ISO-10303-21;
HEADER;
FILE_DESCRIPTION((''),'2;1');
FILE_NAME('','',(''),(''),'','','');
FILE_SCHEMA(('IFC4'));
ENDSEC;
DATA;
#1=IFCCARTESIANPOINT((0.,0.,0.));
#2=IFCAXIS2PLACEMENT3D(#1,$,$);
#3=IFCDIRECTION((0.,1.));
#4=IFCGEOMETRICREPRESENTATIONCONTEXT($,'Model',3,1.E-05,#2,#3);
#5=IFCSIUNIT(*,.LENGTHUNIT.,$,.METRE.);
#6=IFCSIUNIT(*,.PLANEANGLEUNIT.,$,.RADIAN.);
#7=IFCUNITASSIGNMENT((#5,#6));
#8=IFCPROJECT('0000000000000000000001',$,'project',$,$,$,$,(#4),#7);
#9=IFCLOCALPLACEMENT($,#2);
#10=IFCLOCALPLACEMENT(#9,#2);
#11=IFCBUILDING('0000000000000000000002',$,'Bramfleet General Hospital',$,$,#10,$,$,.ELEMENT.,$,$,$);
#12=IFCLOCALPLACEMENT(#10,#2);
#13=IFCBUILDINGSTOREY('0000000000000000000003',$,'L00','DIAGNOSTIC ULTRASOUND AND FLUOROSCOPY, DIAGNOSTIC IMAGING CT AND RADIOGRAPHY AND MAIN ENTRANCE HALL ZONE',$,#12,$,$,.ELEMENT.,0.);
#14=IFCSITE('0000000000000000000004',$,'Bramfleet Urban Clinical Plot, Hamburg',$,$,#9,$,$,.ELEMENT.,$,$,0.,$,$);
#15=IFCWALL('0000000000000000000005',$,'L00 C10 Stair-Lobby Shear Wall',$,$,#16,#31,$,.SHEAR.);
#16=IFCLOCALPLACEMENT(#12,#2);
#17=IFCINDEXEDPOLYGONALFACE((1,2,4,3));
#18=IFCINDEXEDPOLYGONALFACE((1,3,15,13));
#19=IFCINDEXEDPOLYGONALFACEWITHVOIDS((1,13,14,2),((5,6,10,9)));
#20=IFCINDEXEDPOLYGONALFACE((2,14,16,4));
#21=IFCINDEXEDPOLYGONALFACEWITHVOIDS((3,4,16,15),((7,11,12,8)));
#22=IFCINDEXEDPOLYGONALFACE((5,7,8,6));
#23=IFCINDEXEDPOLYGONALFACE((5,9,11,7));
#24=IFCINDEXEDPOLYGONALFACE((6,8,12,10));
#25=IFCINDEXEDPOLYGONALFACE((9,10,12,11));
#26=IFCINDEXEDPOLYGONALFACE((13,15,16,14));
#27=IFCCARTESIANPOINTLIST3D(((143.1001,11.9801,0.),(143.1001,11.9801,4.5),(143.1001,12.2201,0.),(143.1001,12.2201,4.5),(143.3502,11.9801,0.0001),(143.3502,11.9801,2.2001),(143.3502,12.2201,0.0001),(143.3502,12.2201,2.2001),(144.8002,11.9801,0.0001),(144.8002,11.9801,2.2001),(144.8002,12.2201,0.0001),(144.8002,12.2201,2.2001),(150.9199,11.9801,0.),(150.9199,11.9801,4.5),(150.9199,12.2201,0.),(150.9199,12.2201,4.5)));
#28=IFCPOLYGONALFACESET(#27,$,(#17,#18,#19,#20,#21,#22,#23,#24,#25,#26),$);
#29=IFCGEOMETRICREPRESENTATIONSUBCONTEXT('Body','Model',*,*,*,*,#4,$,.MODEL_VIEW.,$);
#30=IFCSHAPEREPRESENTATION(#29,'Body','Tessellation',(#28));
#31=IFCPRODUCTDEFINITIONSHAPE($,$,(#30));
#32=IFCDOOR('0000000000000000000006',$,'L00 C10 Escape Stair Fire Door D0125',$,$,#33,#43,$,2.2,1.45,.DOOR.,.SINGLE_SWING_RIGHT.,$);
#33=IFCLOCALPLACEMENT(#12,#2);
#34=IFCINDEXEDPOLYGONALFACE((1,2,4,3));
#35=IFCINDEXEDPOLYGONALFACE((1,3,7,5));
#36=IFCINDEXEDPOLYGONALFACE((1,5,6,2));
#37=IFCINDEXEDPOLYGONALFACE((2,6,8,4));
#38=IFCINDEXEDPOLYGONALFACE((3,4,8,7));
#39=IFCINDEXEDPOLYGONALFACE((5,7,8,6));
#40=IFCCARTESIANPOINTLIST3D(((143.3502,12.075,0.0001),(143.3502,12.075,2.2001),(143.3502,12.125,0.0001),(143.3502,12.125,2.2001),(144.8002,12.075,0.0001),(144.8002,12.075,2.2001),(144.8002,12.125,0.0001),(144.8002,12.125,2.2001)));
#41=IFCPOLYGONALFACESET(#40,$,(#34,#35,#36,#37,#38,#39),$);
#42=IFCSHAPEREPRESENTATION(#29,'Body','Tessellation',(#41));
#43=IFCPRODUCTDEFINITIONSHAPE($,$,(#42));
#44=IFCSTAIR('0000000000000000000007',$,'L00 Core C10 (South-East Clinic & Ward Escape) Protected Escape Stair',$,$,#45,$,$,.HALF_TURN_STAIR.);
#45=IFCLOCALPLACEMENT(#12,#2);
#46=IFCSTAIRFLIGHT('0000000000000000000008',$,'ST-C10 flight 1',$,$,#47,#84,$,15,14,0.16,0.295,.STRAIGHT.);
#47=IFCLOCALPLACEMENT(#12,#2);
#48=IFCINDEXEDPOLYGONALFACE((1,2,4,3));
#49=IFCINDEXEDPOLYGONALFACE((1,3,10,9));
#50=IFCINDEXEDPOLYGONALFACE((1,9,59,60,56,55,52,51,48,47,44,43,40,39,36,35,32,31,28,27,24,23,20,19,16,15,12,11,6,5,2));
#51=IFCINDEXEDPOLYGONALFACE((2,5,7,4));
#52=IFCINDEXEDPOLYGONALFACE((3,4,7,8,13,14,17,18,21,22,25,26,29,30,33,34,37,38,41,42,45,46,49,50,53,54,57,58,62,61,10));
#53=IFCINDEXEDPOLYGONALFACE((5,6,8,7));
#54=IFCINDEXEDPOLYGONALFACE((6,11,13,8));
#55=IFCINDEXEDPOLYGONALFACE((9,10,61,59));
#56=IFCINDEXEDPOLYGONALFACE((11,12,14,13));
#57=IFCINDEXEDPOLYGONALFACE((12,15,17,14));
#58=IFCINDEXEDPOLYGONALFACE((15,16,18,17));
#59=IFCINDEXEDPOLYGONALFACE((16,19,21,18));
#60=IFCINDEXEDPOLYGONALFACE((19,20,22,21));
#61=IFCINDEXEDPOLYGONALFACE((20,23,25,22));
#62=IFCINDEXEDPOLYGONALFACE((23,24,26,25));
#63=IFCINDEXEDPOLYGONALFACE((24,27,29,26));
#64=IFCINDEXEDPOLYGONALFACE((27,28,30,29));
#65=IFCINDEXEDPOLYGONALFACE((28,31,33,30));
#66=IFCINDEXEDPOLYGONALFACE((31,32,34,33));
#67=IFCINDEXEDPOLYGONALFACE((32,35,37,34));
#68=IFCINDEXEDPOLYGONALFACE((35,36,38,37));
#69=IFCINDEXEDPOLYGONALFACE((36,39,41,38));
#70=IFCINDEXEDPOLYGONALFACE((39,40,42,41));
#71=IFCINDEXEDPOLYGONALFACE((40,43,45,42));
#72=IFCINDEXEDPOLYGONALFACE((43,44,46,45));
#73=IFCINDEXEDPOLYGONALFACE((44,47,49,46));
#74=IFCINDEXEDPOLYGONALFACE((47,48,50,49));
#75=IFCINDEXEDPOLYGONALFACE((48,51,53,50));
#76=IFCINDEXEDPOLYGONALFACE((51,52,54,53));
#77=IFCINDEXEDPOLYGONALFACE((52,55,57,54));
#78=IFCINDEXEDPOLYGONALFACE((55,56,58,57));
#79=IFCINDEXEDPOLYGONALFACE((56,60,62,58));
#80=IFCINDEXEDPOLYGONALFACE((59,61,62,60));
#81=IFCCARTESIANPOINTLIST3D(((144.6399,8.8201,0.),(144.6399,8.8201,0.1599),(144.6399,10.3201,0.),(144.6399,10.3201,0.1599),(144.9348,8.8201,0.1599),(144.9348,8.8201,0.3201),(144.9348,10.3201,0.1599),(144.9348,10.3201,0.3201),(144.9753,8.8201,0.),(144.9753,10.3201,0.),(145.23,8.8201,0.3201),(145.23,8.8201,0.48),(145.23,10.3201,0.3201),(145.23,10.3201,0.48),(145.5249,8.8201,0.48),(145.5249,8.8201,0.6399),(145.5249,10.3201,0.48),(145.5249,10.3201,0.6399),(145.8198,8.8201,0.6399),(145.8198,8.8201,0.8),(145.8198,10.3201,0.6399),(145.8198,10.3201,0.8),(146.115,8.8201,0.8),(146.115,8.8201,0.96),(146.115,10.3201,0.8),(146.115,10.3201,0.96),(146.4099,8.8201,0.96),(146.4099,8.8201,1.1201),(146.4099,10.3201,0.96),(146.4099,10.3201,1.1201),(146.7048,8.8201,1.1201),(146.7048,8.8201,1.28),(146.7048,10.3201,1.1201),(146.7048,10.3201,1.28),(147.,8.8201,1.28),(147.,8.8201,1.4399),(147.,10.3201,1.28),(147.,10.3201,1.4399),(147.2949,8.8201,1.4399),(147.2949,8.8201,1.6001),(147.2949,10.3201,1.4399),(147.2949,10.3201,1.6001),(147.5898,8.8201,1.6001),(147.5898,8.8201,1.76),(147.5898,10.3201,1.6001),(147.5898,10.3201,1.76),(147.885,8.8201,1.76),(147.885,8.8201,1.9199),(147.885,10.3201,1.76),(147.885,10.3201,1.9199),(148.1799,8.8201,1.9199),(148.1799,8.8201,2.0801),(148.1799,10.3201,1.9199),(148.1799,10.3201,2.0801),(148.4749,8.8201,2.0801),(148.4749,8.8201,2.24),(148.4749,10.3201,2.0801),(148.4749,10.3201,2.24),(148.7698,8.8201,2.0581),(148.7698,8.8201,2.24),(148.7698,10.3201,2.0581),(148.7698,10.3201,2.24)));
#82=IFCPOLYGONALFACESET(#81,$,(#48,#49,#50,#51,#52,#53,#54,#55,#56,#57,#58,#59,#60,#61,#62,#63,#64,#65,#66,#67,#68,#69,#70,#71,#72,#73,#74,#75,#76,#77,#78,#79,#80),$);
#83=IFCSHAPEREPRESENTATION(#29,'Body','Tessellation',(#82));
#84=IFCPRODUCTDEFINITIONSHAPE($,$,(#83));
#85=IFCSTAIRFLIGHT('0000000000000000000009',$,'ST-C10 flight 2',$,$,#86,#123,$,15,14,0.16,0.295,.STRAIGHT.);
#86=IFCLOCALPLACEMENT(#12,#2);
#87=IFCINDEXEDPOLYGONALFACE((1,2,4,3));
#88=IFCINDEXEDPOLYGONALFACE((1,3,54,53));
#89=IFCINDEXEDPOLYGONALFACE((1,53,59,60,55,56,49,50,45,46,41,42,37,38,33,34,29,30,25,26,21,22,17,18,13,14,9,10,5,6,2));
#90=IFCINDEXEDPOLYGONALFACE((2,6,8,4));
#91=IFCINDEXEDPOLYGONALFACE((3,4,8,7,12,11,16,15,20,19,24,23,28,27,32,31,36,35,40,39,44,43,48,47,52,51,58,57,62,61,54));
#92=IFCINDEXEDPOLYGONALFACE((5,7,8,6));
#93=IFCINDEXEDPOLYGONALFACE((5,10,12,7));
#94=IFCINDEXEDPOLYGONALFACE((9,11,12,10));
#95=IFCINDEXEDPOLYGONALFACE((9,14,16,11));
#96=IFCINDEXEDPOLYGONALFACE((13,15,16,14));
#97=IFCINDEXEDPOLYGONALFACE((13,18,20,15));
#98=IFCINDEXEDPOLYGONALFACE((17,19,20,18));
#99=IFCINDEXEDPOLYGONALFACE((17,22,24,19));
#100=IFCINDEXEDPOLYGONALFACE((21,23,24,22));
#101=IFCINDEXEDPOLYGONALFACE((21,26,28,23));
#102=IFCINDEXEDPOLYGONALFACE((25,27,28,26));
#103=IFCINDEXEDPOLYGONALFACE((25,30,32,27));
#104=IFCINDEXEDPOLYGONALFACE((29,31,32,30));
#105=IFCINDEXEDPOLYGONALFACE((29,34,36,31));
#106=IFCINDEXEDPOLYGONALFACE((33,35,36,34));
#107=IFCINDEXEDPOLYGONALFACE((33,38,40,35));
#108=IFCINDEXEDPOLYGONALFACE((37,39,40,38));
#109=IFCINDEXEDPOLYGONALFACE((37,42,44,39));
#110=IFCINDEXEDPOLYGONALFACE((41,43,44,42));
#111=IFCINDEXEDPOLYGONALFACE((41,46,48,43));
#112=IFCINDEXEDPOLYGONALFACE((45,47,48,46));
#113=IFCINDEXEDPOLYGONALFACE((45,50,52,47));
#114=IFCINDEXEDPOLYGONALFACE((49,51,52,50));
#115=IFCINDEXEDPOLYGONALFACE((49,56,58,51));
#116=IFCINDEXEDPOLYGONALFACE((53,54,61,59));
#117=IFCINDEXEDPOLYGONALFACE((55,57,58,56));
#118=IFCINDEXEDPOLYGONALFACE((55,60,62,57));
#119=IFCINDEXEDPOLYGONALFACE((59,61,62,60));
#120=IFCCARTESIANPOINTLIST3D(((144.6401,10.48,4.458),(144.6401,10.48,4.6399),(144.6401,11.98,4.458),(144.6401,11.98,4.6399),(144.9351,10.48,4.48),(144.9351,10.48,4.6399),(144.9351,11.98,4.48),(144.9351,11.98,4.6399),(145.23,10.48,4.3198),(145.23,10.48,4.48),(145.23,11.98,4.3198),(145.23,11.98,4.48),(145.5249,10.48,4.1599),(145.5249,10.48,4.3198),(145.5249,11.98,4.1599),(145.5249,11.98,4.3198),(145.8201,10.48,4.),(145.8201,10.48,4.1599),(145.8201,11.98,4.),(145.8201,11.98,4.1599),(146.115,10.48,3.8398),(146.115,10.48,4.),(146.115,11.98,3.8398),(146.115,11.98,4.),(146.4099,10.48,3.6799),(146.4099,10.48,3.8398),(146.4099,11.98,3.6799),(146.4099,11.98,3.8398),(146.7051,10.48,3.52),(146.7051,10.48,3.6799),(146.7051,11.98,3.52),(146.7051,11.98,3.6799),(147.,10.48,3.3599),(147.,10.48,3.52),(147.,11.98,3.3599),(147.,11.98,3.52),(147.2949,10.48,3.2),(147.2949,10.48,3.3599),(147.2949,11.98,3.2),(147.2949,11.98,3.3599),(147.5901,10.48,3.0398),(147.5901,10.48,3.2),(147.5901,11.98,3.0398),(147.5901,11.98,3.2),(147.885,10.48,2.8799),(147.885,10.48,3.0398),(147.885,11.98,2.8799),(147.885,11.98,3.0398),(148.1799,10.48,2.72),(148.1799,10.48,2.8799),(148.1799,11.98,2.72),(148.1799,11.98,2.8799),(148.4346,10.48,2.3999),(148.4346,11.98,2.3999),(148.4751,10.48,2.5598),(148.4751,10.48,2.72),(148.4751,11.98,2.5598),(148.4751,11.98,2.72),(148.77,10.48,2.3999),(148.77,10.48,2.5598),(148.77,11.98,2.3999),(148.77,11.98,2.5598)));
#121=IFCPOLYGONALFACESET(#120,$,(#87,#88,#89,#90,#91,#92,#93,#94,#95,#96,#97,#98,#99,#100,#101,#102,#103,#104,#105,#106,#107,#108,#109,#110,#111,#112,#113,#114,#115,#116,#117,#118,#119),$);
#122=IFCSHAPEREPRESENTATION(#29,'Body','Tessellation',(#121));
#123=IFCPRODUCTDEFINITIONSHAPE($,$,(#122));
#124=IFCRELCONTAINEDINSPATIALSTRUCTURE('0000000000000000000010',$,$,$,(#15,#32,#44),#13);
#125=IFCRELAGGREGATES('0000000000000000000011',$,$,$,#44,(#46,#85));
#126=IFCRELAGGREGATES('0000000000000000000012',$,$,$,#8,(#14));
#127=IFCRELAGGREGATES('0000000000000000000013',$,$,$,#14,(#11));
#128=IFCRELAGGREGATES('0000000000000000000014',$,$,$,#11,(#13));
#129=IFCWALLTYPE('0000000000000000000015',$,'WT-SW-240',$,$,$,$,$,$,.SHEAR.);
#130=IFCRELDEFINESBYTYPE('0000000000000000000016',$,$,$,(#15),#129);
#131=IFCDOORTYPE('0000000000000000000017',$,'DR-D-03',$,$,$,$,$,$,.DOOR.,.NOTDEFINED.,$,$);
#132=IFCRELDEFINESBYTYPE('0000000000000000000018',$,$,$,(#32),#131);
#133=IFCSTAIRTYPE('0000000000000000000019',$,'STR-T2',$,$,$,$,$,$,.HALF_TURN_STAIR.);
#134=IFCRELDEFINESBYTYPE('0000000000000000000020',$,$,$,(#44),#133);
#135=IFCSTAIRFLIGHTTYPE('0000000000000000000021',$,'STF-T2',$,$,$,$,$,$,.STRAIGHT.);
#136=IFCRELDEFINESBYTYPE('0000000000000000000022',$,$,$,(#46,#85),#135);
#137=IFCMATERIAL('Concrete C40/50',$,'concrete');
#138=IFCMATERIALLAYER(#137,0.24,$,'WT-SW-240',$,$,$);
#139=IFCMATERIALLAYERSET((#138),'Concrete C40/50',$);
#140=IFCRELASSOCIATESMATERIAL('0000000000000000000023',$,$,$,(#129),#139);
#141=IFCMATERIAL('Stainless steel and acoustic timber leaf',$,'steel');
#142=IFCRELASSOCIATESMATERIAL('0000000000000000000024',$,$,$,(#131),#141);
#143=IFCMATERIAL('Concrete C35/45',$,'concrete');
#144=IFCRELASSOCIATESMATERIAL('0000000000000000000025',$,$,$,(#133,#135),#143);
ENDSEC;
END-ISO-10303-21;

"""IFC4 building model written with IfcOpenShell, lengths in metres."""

from ifc_helpers import new_model, si_unit, direction, frame, frame_2d, origin, place, context, subcontext, project, spatial, polyline, rectangle, outline, extrude, material, layer, layer_set, type_object, element, fill, aggregate, save


model = new_model("IFC4")

# Units and contexts
model_context = context("Model", 3, precision=1e-05, world=origin(), true_north=direction((0.0, 1.0)))
body_context = subcontext(model_context, "Body", "Model", "MODEL_VIEW")
ifc_project = project(units=[si_unit("LENGTHUNIT", "METRE"), si_unit("PLANEANGLEUNIT", "RADIAN")], contexts=[model_context])

# Site, building, storey
site_placement = place(None, origin())
site = spatial("IfcSite", under=ifc_project, at=site_placement, Name="Bramfleet Urban Clinical Plot, Hamburg", CompositionType="ELEMENT", RefElevation=0.0)
building_placement = place(site_placement, origin())
building = spatial("IfcBuilding", under=site, at=building_placement, Name="Bramfleet General Hospital", CompositionType="ELEMENT")
storey_placement = place(building_placement, origin())
storey = spatial("IfcBuildingStorey", under=building, at=storey_placement, Name="L00", Description="DIAGNOSTIC ULTRASOUND AND FLUOROSCOPY, DIAGNOSTIC IMAGING CT AND RADIOGRAPHY AND MAIN ENTRANCE HALL ZONE", CompositionType="ELEMENT", Elevation=0.0)

# Shared definitions
ifc_material_1 = material(Name="Concrete C40/50", Category="concrete")

# Shared definitions
ifc_material_2 = material(Name="Concrete C35/45", Category="concrete")

# Shared definitions
ifc_material_3 = material(Name="Stainless steel and acoustic timber leaf", Category="steel")

# Wall, opening, door
ifc_layer_1 = layer(ifc_material_1, 0.24, Name="WT-SW-240")
ifc_layer_set_1 = layer_set([ifc_layer_1], Name="Concrete C40/50")
wall_type_1 = type_object("IfcWallType", Name="WT-SW-240", PredefinedType="SHEAR", material=ifc_layer_set_1)
wall_1_placement = place(storey_placement, frame((143.1001, 12.1001, 0.0), z_axis=(0.0, 0.0, 1.0), x_axis=(1.0, 0.0, 0.0)))
wall_1 = element("IfcWall", 1, at=wall_1_placement, inside=storey, type_object=wall_type_1, Name="L00 C10 Stair-Lobby Shear Wall", PredefinedType="SHEAR", context=body_context, shape_type="SweptSolid", body=[
    extrude(rectangle(XDim=7.8198, YDim=0.24, at=frame_2d((3.9099, 0.0))), origin(), (0.0, 0.0, 1.0), 4.5),
])
opening_1_placement = place(wall_1_placement, frame((0.25, 0.0, 0.0)))
opening_1 = element("IfcOpeningElement", 2, at=opening_1_placement, cuts=wall_1, PredefinedType="OPENING", context=body_context, shape_type="SweptSolid", body=[
    extrude(rectangle(XDim=1.45, YDim=2.2, at=frame_2d((0.7251, 1.1001))), frame((0.0, 0.1299, 0.0), z_axis=(0.0, -1.0, 0.0), x_axis=(1.0, 0.0, 0.0)), (0.0, 0.0, 1.0), 0.26),
])
door_type_1 = type_object("IfcDoorType", Name="DR-D-03", OperationType="NOTDEFINED", PredefinedType="DOOR", material=ifc_material_3)
door_1_placement = place(opening_1_placement, origin())
door_1 = element("IfcDoor", 3, at=door_1_placement, inside=storey, type_object=door_type_1, Name="L00 C10 Escape Stair Fire Door D0125", OperationType="SINGLE_SWING_RIGHT", OverallHeight=2.2, OverallWidth=1.45, PredefinedType="DOOR", context=body_context, shape_type="SweptSolid", body=[
    extrude(rectangle(XDim=1.45, YDim=2.2, at=frame_2d((0.7251, 1.1001))), frame((0.0, 0.0249, 0.0), z_axis=(0.0, -1.0, 0.0), x_axis=(1.0, 0.0, 0.0)), (0.0, 0.0, 1.0), 0.05),
])
fill(opening_1, door_1)

# Stair, stair flights
stair_type = type_object("IfcStairType", Name="STR-T2", PredefinedType="HALF_TURN_STAIR", material=ifc_material_2)
stair_placement = place(storey_placement, origin())
stair = element("IfcStair", 4, at=stair_placement, inside=storey, type_object=stair_type, Name="L00 Core C10 (South-East Clinic & Ward Escape) Protected Escape Stair", PredefinedType="HALF_TURN_STAIR")
stair_flight_type = type_object("IfcStairFlightType", Name="STF-T2", PredefinedType="STRAIGHT", material=ifc_material_2)
stair_flight_1_placement = place(storey_placement, frame((144.6399, 9.5701, 0.0), z_axis=(0.0, 0.0, 1.0), x_axis=(1.0, 0.0, 0.0)))
stair_flight_1 = element("IfcStairFlight", 5, at=stair_flight_1_placement, type_object=stair_flight_type, Name="ST-C10 flight 1", NumberOfRisers=15, NumberOfTreads=14, PredefinedType="STRAIGHT", RiserHeight=0.16, TreadLength=0.295, context=body_context, shape_type="SweptSolid", body=[
    extrude(outline(polyline([(0.0, 0.0), (0.0, 0.1599), (0.2949, 0.1599), (0.2949, 0.3201), (0.5901, 0.3201), (0.5901, 0.48), (0.885, 0.48), (0.885, 0.6399), (1.1799, 0.6399), (1.1799, 0.8), (1.4751, 0.8), (1.4751, 0.96), (1.77, 0.96), (1.77, 1.1201), (2.0649, 1.1201), (2.0649, 1.28), (2.3601, 1.28), (2.3601, 1.4399), (2.655, 1.4399), (2.655, 1.6001), (2.95, 1.6001), (2.95, 1.76), (3.2451, 1.76), (3.2451, 1.9199), (3.54, 1.9199), (3.54, 2.0801), (3.835, 2.0801), (3.835, 2.24), (4.1299, 2.24), (4.1299, 2.3999), (4.1299, 2.0581), (0.3354, 0.0), (0.0, 0.0)])), frame((0.0, 0.75, 0.0), z_axis=(0.0, -1.0, 0.0), x_axis=(1.0, 0.0, 0.0)), (0.0, 0.0, 1.0), 1.5),
])
stair_flight_2_placement = place(storey_placement, frame((148.77, 11.23, 2.3999), z_axis=(0.0, 0.0, 1.0), x_axis=(-1.0, 0.0, 0.0)))
stair_flight_2 = element("IfcStairFlight", 6, at=stair_flight_2_placement, type_object=stair_flight_type, Name="ST-C10 flight 2", NumberOfRisers=15, NumberOfTreads=14, PredefinedType="STRAIGHT", RiserHeight=0.16, TreadLength=0.295, context=body_context, shape_type="SweptSolid", body=[
    extrude(outline(polyline([(0.0, 0.0), (0.0, 0.1599), (0.2949, 0.1599), (0.2949, 0.3201), (0.5901, 0.3201), (0.5901, 0.48), (0.885, 0.48), (0.885, 0.6399), (1.1799, 0.6399), (1.1799, 0.8), (1.4751, 0.8), (1.4751, 0.96), (1.77, 0.96), (1.77, 1.1201), (2.0649, 1.1201), (2.0649, 1.28), (2.3601, 1.28), (2.3601, 1.4399), (2.655, 1.4399), (2.655, 1.6001), (2.95, 1.6001), (2.95, 1.76), (3.2451, 1.76), (3.2451, 1.9199), (3.54, 1.9199), (3.54, 2.0801), (3.835, 2.0801), (3.835, 2.24), (4.1299, 2.24), (4.1299, 2.3999), (4.1299, 2.0581), (0.3354, 0.0), (0.0, 0.0)])), frame((0.0, 0.75, 0.0), z_axis=(0.0, -1.0, 0.0), x_axis=(1.0, 0.0, 0.0)), (0.0, 0.0, 1.0), 1.5),
])
aggregate(stair, [stair_flight_1, stair_flight_2])

save(model, "model.ifc")
